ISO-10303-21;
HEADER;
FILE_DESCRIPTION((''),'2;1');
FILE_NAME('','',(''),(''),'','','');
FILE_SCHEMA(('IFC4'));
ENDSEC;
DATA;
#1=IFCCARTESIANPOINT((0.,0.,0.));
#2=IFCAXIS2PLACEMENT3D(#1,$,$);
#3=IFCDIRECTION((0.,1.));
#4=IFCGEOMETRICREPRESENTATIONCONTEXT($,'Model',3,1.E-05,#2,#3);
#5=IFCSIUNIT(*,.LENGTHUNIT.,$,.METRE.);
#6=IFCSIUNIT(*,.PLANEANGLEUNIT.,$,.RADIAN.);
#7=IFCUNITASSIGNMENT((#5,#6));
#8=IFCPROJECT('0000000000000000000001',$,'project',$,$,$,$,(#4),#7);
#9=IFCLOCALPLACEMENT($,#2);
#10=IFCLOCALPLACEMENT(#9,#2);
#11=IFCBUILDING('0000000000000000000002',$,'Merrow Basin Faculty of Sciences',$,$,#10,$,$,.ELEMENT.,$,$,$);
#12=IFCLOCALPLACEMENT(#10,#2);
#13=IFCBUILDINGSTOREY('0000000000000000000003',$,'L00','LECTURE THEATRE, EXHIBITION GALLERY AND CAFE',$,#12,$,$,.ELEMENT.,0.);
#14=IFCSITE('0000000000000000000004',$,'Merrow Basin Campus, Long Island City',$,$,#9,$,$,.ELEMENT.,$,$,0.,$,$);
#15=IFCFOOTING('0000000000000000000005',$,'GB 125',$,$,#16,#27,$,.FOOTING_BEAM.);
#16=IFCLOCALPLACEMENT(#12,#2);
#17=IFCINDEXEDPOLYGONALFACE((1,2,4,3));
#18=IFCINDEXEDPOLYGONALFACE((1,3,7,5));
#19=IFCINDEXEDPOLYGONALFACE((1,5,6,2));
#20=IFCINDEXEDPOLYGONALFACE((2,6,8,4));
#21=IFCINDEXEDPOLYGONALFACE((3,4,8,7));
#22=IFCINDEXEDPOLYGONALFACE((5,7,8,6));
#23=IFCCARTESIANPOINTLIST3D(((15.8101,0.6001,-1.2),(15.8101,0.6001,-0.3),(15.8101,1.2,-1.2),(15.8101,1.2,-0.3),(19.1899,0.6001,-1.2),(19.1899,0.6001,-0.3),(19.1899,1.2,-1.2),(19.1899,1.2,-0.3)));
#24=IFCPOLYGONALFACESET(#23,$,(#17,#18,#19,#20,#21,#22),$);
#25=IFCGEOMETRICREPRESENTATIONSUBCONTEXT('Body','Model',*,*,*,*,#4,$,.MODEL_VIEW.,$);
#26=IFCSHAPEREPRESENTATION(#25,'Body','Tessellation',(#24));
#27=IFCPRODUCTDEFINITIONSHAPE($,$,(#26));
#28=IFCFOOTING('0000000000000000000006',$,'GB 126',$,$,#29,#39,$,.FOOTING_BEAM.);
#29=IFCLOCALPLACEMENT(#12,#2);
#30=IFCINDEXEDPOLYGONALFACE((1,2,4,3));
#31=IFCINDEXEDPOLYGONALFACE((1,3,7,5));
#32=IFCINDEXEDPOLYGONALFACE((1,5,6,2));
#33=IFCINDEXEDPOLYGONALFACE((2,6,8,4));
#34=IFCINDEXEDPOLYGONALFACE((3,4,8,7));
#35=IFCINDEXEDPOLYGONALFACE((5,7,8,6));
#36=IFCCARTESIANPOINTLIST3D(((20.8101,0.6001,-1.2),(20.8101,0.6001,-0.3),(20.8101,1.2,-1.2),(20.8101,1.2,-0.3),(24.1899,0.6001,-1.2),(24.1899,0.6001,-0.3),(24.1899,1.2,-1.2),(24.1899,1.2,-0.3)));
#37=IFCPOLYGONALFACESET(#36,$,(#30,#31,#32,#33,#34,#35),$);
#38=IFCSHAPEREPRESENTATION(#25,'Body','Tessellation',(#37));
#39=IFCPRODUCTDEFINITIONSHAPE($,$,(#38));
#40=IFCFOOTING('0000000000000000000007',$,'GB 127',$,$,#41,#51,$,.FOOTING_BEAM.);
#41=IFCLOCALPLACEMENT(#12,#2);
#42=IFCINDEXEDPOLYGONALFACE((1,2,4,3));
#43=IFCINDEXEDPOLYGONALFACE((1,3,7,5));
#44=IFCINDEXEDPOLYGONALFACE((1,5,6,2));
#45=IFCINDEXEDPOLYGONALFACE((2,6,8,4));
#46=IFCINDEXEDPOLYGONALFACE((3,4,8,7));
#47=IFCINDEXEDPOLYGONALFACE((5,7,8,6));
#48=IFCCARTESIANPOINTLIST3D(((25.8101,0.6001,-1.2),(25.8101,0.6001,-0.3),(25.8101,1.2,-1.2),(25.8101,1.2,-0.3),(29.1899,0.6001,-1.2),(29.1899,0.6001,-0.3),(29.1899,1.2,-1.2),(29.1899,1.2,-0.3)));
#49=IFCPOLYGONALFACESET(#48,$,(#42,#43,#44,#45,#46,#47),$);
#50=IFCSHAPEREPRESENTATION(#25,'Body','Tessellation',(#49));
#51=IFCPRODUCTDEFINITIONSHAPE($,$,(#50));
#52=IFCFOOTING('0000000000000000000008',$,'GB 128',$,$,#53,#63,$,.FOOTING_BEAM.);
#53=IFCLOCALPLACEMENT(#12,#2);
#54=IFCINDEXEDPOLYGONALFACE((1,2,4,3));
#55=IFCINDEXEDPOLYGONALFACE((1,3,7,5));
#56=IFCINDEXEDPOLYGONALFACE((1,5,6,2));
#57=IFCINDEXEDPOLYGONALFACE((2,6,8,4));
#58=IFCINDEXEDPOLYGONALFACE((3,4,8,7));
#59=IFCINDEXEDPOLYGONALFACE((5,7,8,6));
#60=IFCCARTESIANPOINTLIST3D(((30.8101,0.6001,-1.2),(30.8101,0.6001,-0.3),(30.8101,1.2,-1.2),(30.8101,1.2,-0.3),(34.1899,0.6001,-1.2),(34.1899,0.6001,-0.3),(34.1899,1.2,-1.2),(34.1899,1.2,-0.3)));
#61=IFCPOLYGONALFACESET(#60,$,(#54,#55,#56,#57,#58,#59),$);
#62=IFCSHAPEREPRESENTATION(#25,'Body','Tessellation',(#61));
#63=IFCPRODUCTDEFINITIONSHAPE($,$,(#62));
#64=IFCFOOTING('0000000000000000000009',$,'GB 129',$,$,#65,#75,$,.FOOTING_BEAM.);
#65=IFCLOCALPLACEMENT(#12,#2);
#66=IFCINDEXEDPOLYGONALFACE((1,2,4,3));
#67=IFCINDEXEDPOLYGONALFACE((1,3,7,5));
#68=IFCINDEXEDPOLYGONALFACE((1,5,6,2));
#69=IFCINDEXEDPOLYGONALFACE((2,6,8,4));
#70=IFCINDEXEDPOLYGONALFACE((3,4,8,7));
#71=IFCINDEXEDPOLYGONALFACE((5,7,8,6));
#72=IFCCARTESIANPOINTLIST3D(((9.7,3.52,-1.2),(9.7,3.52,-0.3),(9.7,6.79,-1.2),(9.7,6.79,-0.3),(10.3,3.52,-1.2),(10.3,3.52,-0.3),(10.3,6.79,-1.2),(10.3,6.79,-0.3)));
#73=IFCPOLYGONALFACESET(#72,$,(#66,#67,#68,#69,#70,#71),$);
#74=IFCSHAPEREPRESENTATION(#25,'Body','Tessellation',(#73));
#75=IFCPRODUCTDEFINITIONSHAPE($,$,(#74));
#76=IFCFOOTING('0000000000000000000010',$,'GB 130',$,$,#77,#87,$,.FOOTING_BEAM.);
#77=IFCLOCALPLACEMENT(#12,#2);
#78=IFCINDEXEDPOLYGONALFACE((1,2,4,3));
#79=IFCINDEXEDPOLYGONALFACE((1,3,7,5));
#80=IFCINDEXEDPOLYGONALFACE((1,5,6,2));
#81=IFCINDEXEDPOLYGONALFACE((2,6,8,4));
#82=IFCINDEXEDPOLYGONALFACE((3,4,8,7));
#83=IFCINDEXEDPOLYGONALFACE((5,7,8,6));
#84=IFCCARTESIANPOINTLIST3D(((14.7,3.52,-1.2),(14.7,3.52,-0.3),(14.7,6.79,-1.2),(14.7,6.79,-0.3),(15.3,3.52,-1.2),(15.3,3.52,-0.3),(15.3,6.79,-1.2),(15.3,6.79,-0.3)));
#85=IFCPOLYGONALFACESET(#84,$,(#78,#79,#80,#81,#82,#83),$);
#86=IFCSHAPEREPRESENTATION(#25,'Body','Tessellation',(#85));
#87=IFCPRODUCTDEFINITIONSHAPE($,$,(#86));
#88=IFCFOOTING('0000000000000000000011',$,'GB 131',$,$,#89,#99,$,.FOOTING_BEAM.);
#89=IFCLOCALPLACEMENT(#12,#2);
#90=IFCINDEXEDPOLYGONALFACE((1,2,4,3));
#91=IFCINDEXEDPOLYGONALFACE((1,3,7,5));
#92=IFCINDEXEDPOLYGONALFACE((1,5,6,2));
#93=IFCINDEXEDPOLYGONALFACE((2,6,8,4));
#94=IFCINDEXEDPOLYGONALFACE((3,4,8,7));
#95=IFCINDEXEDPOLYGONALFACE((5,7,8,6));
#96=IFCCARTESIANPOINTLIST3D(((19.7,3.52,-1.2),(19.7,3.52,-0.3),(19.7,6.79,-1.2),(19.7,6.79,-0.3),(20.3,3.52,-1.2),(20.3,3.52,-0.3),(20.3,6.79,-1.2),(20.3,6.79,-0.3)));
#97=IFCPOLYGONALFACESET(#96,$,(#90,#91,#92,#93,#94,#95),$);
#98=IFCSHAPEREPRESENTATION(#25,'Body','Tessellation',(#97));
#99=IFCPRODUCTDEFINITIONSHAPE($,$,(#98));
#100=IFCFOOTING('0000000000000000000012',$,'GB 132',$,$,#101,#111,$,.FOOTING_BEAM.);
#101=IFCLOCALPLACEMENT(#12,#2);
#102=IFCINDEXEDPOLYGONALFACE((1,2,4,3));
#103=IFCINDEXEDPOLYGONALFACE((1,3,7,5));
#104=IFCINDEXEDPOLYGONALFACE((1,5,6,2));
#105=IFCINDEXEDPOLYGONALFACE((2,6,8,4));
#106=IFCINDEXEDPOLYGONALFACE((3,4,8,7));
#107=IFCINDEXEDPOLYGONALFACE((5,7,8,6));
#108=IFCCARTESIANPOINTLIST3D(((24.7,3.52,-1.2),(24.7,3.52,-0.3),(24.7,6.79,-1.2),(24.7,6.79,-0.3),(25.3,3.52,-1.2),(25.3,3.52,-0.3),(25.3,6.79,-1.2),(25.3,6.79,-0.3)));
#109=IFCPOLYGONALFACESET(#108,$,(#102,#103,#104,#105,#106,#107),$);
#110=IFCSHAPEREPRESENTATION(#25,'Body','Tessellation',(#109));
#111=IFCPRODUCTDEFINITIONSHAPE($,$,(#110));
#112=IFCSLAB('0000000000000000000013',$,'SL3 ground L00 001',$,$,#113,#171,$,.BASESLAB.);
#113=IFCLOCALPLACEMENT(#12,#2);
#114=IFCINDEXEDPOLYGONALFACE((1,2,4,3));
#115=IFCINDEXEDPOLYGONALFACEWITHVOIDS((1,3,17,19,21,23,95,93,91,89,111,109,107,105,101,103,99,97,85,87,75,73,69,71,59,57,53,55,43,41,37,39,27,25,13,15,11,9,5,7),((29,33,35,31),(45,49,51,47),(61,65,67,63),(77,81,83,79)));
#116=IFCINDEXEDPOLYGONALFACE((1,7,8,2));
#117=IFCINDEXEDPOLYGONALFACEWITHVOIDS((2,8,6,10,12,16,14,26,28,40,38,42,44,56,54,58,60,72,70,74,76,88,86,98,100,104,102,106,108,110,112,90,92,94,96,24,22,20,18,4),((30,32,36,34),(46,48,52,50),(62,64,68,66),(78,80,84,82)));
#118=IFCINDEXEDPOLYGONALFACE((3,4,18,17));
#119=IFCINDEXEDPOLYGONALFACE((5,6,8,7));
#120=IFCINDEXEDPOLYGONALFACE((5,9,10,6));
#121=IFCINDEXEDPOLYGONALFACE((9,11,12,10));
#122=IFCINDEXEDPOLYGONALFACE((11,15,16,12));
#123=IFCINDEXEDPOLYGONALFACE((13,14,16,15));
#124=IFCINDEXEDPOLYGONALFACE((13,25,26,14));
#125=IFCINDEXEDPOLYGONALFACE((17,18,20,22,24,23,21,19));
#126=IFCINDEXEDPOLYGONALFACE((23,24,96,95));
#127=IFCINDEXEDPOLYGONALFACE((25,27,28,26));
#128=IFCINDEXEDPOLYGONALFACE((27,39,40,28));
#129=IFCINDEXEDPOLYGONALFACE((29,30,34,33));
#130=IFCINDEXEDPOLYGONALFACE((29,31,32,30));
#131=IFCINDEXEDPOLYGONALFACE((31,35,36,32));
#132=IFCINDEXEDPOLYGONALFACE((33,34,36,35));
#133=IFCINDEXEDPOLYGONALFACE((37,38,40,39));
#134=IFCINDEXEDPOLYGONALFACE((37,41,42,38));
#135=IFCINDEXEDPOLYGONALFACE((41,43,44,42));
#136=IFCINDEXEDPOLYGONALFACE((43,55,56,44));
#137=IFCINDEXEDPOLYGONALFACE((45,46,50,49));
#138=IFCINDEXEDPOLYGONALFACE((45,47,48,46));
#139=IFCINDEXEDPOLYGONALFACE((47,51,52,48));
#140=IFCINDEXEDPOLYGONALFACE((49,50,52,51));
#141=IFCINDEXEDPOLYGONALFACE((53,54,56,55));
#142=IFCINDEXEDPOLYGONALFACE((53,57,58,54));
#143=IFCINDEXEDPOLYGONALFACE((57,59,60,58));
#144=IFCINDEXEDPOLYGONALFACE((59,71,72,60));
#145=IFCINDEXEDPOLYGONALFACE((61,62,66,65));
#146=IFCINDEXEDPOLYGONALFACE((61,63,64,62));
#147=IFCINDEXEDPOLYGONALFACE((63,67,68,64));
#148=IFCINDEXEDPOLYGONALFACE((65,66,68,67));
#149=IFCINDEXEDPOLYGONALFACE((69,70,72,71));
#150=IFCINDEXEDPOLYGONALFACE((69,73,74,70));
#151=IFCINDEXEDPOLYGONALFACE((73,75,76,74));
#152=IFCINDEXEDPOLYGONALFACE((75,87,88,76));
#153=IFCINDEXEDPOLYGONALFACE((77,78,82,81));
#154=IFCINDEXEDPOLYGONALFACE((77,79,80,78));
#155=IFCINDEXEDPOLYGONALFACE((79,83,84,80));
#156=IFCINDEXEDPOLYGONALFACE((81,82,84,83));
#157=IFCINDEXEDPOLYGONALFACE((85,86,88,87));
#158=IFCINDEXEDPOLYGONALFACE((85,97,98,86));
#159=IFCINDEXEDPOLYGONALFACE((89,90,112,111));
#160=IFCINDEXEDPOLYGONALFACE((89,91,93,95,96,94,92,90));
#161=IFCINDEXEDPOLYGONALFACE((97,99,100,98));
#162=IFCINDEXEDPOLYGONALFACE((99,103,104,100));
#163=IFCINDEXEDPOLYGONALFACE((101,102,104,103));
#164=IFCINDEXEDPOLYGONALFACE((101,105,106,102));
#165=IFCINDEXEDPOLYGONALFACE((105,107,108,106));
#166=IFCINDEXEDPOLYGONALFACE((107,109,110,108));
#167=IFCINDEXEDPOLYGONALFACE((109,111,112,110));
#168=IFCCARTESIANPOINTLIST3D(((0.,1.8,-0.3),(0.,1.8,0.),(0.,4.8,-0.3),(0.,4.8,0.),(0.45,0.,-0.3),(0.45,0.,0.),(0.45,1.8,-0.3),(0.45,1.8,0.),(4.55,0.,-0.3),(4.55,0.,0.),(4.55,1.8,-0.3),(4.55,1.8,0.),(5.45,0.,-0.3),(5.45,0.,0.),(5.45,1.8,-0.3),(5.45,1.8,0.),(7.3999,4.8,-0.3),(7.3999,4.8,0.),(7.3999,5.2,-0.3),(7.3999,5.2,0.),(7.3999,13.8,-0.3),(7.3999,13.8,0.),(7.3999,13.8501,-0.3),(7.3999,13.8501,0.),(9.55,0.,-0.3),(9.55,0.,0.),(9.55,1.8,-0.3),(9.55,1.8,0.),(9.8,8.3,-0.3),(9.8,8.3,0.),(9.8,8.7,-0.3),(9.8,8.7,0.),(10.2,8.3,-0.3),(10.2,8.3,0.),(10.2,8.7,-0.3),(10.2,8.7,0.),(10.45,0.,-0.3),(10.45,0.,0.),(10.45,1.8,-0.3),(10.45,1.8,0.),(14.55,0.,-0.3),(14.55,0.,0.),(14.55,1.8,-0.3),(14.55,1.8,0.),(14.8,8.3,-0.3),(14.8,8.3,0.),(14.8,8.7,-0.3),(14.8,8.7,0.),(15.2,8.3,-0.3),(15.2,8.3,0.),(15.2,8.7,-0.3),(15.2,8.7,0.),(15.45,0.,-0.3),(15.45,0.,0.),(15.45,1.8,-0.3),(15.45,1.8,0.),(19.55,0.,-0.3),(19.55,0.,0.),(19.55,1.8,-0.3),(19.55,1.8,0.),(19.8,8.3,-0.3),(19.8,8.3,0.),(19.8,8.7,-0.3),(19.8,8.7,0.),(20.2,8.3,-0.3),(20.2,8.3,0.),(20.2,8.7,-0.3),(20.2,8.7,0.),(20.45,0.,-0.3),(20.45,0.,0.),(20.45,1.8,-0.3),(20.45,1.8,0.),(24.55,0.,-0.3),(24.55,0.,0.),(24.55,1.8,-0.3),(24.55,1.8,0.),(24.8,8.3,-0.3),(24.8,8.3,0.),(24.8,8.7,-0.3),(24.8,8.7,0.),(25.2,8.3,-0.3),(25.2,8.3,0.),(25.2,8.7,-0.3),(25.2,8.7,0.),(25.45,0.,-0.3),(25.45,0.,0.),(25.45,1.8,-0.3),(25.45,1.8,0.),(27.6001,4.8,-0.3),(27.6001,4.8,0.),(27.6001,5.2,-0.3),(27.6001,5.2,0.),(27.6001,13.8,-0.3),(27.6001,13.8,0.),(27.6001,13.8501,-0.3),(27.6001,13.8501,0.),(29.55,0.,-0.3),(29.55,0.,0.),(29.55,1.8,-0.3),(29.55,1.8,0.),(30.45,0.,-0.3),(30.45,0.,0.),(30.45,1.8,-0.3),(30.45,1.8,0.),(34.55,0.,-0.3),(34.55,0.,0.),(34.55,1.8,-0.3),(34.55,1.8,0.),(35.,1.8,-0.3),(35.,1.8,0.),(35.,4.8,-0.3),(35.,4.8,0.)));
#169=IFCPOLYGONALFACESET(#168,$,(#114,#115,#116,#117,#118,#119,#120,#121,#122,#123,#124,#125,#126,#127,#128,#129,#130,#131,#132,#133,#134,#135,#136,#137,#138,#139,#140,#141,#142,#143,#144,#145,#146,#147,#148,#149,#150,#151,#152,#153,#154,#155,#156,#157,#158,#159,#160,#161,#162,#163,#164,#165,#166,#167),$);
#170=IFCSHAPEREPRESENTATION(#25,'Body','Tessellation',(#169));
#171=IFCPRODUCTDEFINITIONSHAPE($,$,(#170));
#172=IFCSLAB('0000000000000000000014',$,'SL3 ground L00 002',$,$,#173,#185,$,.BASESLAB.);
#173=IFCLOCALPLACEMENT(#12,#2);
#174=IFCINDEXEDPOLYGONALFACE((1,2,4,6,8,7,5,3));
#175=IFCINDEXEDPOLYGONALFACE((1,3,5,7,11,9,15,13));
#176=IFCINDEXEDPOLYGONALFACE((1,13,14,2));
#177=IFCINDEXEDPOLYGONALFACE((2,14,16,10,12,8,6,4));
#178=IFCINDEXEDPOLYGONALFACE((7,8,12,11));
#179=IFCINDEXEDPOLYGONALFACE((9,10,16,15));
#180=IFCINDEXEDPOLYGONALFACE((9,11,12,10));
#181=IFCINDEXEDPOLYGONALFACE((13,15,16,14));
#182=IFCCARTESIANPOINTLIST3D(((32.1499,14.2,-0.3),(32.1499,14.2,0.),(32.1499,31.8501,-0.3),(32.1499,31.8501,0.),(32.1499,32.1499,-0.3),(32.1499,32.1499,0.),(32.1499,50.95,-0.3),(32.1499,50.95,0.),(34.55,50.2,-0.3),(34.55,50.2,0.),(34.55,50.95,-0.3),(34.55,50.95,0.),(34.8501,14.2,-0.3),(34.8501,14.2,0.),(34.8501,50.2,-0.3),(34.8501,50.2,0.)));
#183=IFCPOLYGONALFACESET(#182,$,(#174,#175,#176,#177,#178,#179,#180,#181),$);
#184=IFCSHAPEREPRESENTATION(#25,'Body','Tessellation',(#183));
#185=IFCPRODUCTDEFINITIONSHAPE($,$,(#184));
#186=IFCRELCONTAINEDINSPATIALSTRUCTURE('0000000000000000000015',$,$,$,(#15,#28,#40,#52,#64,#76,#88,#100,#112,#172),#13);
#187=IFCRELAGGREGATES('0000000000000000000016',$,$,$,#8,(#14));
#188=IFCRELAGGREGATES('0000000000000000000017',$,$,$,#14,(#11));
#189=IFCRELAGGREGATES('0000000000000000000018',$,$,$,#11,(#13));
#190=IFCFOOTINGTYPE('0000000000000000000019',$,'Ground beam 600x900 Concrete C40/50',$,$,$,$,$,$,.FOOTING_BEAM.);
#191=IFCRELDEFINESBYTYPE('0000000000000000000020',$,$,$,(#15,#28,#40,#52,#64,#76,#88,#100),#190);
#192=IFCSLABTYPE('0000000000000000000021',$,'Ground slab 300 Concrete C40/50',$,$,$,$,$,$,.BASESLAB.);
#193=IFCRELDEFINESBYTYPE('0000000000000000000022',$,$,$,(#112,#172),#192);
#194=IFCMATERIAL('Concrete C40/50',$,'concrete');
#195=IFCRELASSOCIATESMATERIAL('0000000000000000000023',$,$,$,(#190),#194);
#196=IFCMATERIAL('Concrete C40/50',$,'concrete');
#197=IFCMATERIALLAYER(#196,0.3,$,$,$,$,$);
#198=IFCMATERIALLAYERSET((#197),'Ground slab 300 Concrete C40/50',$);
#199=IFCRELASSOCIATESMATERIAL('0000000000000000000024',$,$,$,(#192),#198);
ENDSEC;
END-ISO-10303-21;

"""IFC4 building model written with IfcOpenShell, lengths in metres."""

from ifc_helpers import new_model, si_unit, direction, frame, origin, place, context, subcontext, project, spatial, polyline, outline, extrude, material, layer, layer_set, type_object, element, save


model = new_model("IFC4")

# Units and contexts
model_context = context("Model", 3, precision=1e-05, world=origin(), true_north=direction((0.0, 1.0)))
body_context = subcontext(model_context, "Body", "Model", "MODEL_VIEW")
ifc_project = project(units=[si_unit("LENGTHUNIT", "METRE"), si_unit("PLANEANGLEUNIT", "RADIAN")], contexts=[model_context])

# Site, building, storey
site_placement = place(None, origin())
site = spatial("IfcSite", under=ifc_project, at=site_placement, Name="Merrow Basin Campus, Long Island City", CompositionType="ELEMENT", RefElevation=0.0)
building_placement = place(site_placement, origin())
building = spatial("IfcBuilding", under=site, at=building_placement, Name="Merrow Basin Faculty of Sciences", CompositionType="ELEMENT")
storey_placement = place(building_placement, origin())
storey = spatial("IfcBuildingStorey", under=building, at=storey_placement, Name="L00", Description="LECTURE THEATRE, EXHIBITION GALLERY AND CAFE", CompositionType="ELEMENT", Elevation=0.0)

# Footings
ifc_material_1 = material(Name="Concrete C40/50", Category="concrete")
footing_type = type_object("IfcFootingType", Name="Ground beam 600x900 Concrete C40/50", PredefinedType="FOOTING_BEAM", material=ifc_material_1)
footing_1_placement = place(storey_placement, frame((0.0, 0.0, -1.2)))
element("IfcFooting", 1, at=footing_1_placement, inside=storey, type_object=footing_type, Name="GB 125", PredefinedType="FOOTING_BEAM", context=body_context, shape_type="SweptSolid", body=[
    extrude(outline(polyline([(15.8101, 0.6001), (19.1899, 0.6001), (19.1899, 1.2), (15.8101, 1.2), (15.8101, 0.6001)])), origin(), (0.0, 0.0, 1.0), 0.8999),
])
footing_2_placement = place(storey_placement, frame((0.0, 0.0, -1.2)))
element("IfcFooting", 2, at=footing_2_placement, inside=storey, type_object=footing_type, Name="GB 126", PredefinedType="FOOTING_BEAM", context=body_context, shape_type="SweptSolid", body=[
    extrude(outline(polyline([(20.8101, 0.6001), (24.1899, 0.6001), (24.1899, 1.2), (20.8101, 1.2), (20.8101, 0.6001)])), origin(), (0.0, 0.0, 1.0), 0.8999),
])
footing_3_placement = place(storey_placement, frame((0.0, 0.0, -1.2)))
element("IfcFooting", 3, at=footing_3_placement, inside=storey, type_object=footing_type, Name="GB 127", PredefinedType="FOOTING_BEAM", context=body_context, shape_type="SweptSolid", body=[
    extrude(outline(polyline([(25.8101, 0.6001), (29.1899, 0.6001), (29.1899, 1.2), (25.8101, 1.2), (25.8101, 0.6001)])), origin(), (0.0, 0.0, 1.0), 0.8999),
])
footing_4_placement = place(storey_placement, frame((0.0, 0.0, -1.2)))
element("IfcFooting", 4, at=footing_4_placement, inside=storey, type_object=footing_type, Name="GB 128", PredefinedType="FOOTING_BEAM", context=body_context, shape_type="SweptSolid", body=[
    extrude(outline(polyline([(30.8101, 0.6001), (34.1899, 0.6001), (34.1899, 1.2), (30.8101, 1.2), (30.8101, 0.6001)])), origin(), (0.0, 0.0, 1.0), 0.8999),
])
footing_5_placement = place(storey_placement, frame((0.0, 0.0, -1.2)))
element("IfcFooting", 5, at=footing_5_placement, inside=storey, type_object=footing_type, Name="GB 129", PredefinedType="FOOTING_BEAM", context=body_context, shape_type="SweptSolid", body=[
    extrude(outline(polyline([(9.7, 3.52), (10.3, 3.52), (10.3, 6.79), (9.7, 6.79), (9.7, 3.52)])), origin(), (0.0, 0.0, 1.0), 0.8999),
])
footing_6_placement = place(storey_placement, frame((0.0, 0.0, -1.2)))
element("IfcFooting", 6, at=footing_6_placement, inside=storey, type_object=footing_type, Name="GB 130", PredefinedType="FOOTING_BEAM", context=body_context, shape_type="SweptSolid", body=[
    extrude(outline(polyline([(14.7, 3.52), (15.3, 3.52), (15.3, 6.79), (14.7, 6.79), (14.7, 3.52)])), origin(), (0.0, 0.0, 1.0), 0.8999),
])
footing_7_placement = place(storey_placement, frame((0.0, 0.0, -1.2)))
element("IfcFooting", 7, at=footing_7_placement, inside=storey, type_object=footing_type, Name="GB 131", PredefinedType="FOOTING_BEAM", context=body_context, shape_type="SweptSolid", body=[
    extrude(outline(polyline([(19.7, 3.52), (20.3, 3.52), (20.3, 6.79), (19.7, 6.79), (19.7, 3.52)])), origin(), (0.0, 0.0, 1.0), 0.8999),
])
footing_8_placement = place(storey_placement, frame((0.0, 0.0, -1.2)))
element("IfcFooting", 8, at=footing_8_placement, inside=storey, type_object=footing_type, Name="GB 132", PredefinedType="FOOTING_BEAM", context=body_context, shape_type="SweptSolid", body=[
    extrude(outline(polyline([(24.7, 3.52), (25.3, 3.52), (25.3, 6.79), (24.7, 6.79), (24.7, 3.52)])), origin(), (0.0, 0.0, 1.0), 0.8999),
])

# Slabs
ifc_material_2 = material(Name="Concrete C40/50", Category="concrete")
ifc_layer = layer(ifc_material_2, 0.3)
ifc_layer_set = layer_set([ifc_layer], Name="Ground slab 300 Concrete C40/50")
slab_type = type_object("IfcSlabType", Name="Ground slab 300 Concrete C40/50", PredefinedType="BASESLAB", material=ifc_layer_set)
slab_1_placement = place(storey_placement, frame((0.0, 0.0, -0.3)))
element("IfcSlab", 9, at=slab_1_placement, inside=storey, type_object=slab_type, Name="SL3 ground L00 001", PredefinedType="BASESLAB", context=body_context, shape_type="SweptSolid", body=[
    extrude(outline(polyline([(34.55, 1.8), (34.55, 0.0), (30.45, 0.0), (30.45, 1.8), (29.55, 1.8), (29.55, 0.0), (25.45, 0.0), (25.45, 1.8), (24.55, 1.8), (24.55, 0.0), (20.45, 0.0), (20.45, 1.8), (19.55, 1.8), (19.55, 0.0), (15.45, 0.0), (15.45, 1.8), (14.55, 1.8), (14.55, 0.0), (10.45, 0.0), (10.45, 1.8), (9.55, 1.8), (9.55, 0.0), (5.45, 0.0), (5.45, 1.8), (4.55, 1.8), (4.55, 0.0), (0.45, 0.0), (0.45, 1.8), (0.0, 1.8), (0.0, 4.8), (7.3999, 4.8), (7.3999, 5.2), (7.3999, 13.8), (7.3999, 13.8501), (27.6001, 13.8501), (27.6001, 13.8), (27.6001, 5.2), (27.6001, 4.8), (35.0, 4.8), (35.0, 1.8), (34.55, 1.8)]), holes=[polyline([(25.2, 8.7), (24.8, 8.7), (24.8, 8.3), (25.2, 8.3), (25.2, 8.7)]), polyline([(19.8, 8.7), (19.8, 8.3), (20.2, 8.3), (20.2, 8.7), (19.8, 8.7)]), polyline([(15.2, 8.7), (14.8, 8.7), (14.8, 8.3), (15.2, 8.3), (15.2, 8.7)]), polyline([(9.8, 8.7), (9.8, 8.3), (10.2, 8.3), (10.2, 8.7), (9.8, 8.7)])]), origin(), (0.0, 0.0, 1.0), 0.3),
])
slab_2_placement = place(storey_placement, frame((0.0, 0.0, -0.3)))
element("IfcSlab", 10, at=slab_2_placement, inside=storey, type_object=slab_type, Name="SL3 ground L00 002", PredefinedType="BASESLAB", context=body_context, shape_type="SweptSolid", body=[
    extrude(outline(polyline([(32.1499, 32.1499), (32.1499, 50.95), (34.55, 50.95), (34.55, 50.2), (34.8501, 50.2), (34.8501, 14.2), (32.1499, 14.2), (32.1499, 31.8501), (32.1499, 32.1499)])), origin(), (0.0, 0.0, 1.0), 0.3),
])

save(model, "model.ifc")
